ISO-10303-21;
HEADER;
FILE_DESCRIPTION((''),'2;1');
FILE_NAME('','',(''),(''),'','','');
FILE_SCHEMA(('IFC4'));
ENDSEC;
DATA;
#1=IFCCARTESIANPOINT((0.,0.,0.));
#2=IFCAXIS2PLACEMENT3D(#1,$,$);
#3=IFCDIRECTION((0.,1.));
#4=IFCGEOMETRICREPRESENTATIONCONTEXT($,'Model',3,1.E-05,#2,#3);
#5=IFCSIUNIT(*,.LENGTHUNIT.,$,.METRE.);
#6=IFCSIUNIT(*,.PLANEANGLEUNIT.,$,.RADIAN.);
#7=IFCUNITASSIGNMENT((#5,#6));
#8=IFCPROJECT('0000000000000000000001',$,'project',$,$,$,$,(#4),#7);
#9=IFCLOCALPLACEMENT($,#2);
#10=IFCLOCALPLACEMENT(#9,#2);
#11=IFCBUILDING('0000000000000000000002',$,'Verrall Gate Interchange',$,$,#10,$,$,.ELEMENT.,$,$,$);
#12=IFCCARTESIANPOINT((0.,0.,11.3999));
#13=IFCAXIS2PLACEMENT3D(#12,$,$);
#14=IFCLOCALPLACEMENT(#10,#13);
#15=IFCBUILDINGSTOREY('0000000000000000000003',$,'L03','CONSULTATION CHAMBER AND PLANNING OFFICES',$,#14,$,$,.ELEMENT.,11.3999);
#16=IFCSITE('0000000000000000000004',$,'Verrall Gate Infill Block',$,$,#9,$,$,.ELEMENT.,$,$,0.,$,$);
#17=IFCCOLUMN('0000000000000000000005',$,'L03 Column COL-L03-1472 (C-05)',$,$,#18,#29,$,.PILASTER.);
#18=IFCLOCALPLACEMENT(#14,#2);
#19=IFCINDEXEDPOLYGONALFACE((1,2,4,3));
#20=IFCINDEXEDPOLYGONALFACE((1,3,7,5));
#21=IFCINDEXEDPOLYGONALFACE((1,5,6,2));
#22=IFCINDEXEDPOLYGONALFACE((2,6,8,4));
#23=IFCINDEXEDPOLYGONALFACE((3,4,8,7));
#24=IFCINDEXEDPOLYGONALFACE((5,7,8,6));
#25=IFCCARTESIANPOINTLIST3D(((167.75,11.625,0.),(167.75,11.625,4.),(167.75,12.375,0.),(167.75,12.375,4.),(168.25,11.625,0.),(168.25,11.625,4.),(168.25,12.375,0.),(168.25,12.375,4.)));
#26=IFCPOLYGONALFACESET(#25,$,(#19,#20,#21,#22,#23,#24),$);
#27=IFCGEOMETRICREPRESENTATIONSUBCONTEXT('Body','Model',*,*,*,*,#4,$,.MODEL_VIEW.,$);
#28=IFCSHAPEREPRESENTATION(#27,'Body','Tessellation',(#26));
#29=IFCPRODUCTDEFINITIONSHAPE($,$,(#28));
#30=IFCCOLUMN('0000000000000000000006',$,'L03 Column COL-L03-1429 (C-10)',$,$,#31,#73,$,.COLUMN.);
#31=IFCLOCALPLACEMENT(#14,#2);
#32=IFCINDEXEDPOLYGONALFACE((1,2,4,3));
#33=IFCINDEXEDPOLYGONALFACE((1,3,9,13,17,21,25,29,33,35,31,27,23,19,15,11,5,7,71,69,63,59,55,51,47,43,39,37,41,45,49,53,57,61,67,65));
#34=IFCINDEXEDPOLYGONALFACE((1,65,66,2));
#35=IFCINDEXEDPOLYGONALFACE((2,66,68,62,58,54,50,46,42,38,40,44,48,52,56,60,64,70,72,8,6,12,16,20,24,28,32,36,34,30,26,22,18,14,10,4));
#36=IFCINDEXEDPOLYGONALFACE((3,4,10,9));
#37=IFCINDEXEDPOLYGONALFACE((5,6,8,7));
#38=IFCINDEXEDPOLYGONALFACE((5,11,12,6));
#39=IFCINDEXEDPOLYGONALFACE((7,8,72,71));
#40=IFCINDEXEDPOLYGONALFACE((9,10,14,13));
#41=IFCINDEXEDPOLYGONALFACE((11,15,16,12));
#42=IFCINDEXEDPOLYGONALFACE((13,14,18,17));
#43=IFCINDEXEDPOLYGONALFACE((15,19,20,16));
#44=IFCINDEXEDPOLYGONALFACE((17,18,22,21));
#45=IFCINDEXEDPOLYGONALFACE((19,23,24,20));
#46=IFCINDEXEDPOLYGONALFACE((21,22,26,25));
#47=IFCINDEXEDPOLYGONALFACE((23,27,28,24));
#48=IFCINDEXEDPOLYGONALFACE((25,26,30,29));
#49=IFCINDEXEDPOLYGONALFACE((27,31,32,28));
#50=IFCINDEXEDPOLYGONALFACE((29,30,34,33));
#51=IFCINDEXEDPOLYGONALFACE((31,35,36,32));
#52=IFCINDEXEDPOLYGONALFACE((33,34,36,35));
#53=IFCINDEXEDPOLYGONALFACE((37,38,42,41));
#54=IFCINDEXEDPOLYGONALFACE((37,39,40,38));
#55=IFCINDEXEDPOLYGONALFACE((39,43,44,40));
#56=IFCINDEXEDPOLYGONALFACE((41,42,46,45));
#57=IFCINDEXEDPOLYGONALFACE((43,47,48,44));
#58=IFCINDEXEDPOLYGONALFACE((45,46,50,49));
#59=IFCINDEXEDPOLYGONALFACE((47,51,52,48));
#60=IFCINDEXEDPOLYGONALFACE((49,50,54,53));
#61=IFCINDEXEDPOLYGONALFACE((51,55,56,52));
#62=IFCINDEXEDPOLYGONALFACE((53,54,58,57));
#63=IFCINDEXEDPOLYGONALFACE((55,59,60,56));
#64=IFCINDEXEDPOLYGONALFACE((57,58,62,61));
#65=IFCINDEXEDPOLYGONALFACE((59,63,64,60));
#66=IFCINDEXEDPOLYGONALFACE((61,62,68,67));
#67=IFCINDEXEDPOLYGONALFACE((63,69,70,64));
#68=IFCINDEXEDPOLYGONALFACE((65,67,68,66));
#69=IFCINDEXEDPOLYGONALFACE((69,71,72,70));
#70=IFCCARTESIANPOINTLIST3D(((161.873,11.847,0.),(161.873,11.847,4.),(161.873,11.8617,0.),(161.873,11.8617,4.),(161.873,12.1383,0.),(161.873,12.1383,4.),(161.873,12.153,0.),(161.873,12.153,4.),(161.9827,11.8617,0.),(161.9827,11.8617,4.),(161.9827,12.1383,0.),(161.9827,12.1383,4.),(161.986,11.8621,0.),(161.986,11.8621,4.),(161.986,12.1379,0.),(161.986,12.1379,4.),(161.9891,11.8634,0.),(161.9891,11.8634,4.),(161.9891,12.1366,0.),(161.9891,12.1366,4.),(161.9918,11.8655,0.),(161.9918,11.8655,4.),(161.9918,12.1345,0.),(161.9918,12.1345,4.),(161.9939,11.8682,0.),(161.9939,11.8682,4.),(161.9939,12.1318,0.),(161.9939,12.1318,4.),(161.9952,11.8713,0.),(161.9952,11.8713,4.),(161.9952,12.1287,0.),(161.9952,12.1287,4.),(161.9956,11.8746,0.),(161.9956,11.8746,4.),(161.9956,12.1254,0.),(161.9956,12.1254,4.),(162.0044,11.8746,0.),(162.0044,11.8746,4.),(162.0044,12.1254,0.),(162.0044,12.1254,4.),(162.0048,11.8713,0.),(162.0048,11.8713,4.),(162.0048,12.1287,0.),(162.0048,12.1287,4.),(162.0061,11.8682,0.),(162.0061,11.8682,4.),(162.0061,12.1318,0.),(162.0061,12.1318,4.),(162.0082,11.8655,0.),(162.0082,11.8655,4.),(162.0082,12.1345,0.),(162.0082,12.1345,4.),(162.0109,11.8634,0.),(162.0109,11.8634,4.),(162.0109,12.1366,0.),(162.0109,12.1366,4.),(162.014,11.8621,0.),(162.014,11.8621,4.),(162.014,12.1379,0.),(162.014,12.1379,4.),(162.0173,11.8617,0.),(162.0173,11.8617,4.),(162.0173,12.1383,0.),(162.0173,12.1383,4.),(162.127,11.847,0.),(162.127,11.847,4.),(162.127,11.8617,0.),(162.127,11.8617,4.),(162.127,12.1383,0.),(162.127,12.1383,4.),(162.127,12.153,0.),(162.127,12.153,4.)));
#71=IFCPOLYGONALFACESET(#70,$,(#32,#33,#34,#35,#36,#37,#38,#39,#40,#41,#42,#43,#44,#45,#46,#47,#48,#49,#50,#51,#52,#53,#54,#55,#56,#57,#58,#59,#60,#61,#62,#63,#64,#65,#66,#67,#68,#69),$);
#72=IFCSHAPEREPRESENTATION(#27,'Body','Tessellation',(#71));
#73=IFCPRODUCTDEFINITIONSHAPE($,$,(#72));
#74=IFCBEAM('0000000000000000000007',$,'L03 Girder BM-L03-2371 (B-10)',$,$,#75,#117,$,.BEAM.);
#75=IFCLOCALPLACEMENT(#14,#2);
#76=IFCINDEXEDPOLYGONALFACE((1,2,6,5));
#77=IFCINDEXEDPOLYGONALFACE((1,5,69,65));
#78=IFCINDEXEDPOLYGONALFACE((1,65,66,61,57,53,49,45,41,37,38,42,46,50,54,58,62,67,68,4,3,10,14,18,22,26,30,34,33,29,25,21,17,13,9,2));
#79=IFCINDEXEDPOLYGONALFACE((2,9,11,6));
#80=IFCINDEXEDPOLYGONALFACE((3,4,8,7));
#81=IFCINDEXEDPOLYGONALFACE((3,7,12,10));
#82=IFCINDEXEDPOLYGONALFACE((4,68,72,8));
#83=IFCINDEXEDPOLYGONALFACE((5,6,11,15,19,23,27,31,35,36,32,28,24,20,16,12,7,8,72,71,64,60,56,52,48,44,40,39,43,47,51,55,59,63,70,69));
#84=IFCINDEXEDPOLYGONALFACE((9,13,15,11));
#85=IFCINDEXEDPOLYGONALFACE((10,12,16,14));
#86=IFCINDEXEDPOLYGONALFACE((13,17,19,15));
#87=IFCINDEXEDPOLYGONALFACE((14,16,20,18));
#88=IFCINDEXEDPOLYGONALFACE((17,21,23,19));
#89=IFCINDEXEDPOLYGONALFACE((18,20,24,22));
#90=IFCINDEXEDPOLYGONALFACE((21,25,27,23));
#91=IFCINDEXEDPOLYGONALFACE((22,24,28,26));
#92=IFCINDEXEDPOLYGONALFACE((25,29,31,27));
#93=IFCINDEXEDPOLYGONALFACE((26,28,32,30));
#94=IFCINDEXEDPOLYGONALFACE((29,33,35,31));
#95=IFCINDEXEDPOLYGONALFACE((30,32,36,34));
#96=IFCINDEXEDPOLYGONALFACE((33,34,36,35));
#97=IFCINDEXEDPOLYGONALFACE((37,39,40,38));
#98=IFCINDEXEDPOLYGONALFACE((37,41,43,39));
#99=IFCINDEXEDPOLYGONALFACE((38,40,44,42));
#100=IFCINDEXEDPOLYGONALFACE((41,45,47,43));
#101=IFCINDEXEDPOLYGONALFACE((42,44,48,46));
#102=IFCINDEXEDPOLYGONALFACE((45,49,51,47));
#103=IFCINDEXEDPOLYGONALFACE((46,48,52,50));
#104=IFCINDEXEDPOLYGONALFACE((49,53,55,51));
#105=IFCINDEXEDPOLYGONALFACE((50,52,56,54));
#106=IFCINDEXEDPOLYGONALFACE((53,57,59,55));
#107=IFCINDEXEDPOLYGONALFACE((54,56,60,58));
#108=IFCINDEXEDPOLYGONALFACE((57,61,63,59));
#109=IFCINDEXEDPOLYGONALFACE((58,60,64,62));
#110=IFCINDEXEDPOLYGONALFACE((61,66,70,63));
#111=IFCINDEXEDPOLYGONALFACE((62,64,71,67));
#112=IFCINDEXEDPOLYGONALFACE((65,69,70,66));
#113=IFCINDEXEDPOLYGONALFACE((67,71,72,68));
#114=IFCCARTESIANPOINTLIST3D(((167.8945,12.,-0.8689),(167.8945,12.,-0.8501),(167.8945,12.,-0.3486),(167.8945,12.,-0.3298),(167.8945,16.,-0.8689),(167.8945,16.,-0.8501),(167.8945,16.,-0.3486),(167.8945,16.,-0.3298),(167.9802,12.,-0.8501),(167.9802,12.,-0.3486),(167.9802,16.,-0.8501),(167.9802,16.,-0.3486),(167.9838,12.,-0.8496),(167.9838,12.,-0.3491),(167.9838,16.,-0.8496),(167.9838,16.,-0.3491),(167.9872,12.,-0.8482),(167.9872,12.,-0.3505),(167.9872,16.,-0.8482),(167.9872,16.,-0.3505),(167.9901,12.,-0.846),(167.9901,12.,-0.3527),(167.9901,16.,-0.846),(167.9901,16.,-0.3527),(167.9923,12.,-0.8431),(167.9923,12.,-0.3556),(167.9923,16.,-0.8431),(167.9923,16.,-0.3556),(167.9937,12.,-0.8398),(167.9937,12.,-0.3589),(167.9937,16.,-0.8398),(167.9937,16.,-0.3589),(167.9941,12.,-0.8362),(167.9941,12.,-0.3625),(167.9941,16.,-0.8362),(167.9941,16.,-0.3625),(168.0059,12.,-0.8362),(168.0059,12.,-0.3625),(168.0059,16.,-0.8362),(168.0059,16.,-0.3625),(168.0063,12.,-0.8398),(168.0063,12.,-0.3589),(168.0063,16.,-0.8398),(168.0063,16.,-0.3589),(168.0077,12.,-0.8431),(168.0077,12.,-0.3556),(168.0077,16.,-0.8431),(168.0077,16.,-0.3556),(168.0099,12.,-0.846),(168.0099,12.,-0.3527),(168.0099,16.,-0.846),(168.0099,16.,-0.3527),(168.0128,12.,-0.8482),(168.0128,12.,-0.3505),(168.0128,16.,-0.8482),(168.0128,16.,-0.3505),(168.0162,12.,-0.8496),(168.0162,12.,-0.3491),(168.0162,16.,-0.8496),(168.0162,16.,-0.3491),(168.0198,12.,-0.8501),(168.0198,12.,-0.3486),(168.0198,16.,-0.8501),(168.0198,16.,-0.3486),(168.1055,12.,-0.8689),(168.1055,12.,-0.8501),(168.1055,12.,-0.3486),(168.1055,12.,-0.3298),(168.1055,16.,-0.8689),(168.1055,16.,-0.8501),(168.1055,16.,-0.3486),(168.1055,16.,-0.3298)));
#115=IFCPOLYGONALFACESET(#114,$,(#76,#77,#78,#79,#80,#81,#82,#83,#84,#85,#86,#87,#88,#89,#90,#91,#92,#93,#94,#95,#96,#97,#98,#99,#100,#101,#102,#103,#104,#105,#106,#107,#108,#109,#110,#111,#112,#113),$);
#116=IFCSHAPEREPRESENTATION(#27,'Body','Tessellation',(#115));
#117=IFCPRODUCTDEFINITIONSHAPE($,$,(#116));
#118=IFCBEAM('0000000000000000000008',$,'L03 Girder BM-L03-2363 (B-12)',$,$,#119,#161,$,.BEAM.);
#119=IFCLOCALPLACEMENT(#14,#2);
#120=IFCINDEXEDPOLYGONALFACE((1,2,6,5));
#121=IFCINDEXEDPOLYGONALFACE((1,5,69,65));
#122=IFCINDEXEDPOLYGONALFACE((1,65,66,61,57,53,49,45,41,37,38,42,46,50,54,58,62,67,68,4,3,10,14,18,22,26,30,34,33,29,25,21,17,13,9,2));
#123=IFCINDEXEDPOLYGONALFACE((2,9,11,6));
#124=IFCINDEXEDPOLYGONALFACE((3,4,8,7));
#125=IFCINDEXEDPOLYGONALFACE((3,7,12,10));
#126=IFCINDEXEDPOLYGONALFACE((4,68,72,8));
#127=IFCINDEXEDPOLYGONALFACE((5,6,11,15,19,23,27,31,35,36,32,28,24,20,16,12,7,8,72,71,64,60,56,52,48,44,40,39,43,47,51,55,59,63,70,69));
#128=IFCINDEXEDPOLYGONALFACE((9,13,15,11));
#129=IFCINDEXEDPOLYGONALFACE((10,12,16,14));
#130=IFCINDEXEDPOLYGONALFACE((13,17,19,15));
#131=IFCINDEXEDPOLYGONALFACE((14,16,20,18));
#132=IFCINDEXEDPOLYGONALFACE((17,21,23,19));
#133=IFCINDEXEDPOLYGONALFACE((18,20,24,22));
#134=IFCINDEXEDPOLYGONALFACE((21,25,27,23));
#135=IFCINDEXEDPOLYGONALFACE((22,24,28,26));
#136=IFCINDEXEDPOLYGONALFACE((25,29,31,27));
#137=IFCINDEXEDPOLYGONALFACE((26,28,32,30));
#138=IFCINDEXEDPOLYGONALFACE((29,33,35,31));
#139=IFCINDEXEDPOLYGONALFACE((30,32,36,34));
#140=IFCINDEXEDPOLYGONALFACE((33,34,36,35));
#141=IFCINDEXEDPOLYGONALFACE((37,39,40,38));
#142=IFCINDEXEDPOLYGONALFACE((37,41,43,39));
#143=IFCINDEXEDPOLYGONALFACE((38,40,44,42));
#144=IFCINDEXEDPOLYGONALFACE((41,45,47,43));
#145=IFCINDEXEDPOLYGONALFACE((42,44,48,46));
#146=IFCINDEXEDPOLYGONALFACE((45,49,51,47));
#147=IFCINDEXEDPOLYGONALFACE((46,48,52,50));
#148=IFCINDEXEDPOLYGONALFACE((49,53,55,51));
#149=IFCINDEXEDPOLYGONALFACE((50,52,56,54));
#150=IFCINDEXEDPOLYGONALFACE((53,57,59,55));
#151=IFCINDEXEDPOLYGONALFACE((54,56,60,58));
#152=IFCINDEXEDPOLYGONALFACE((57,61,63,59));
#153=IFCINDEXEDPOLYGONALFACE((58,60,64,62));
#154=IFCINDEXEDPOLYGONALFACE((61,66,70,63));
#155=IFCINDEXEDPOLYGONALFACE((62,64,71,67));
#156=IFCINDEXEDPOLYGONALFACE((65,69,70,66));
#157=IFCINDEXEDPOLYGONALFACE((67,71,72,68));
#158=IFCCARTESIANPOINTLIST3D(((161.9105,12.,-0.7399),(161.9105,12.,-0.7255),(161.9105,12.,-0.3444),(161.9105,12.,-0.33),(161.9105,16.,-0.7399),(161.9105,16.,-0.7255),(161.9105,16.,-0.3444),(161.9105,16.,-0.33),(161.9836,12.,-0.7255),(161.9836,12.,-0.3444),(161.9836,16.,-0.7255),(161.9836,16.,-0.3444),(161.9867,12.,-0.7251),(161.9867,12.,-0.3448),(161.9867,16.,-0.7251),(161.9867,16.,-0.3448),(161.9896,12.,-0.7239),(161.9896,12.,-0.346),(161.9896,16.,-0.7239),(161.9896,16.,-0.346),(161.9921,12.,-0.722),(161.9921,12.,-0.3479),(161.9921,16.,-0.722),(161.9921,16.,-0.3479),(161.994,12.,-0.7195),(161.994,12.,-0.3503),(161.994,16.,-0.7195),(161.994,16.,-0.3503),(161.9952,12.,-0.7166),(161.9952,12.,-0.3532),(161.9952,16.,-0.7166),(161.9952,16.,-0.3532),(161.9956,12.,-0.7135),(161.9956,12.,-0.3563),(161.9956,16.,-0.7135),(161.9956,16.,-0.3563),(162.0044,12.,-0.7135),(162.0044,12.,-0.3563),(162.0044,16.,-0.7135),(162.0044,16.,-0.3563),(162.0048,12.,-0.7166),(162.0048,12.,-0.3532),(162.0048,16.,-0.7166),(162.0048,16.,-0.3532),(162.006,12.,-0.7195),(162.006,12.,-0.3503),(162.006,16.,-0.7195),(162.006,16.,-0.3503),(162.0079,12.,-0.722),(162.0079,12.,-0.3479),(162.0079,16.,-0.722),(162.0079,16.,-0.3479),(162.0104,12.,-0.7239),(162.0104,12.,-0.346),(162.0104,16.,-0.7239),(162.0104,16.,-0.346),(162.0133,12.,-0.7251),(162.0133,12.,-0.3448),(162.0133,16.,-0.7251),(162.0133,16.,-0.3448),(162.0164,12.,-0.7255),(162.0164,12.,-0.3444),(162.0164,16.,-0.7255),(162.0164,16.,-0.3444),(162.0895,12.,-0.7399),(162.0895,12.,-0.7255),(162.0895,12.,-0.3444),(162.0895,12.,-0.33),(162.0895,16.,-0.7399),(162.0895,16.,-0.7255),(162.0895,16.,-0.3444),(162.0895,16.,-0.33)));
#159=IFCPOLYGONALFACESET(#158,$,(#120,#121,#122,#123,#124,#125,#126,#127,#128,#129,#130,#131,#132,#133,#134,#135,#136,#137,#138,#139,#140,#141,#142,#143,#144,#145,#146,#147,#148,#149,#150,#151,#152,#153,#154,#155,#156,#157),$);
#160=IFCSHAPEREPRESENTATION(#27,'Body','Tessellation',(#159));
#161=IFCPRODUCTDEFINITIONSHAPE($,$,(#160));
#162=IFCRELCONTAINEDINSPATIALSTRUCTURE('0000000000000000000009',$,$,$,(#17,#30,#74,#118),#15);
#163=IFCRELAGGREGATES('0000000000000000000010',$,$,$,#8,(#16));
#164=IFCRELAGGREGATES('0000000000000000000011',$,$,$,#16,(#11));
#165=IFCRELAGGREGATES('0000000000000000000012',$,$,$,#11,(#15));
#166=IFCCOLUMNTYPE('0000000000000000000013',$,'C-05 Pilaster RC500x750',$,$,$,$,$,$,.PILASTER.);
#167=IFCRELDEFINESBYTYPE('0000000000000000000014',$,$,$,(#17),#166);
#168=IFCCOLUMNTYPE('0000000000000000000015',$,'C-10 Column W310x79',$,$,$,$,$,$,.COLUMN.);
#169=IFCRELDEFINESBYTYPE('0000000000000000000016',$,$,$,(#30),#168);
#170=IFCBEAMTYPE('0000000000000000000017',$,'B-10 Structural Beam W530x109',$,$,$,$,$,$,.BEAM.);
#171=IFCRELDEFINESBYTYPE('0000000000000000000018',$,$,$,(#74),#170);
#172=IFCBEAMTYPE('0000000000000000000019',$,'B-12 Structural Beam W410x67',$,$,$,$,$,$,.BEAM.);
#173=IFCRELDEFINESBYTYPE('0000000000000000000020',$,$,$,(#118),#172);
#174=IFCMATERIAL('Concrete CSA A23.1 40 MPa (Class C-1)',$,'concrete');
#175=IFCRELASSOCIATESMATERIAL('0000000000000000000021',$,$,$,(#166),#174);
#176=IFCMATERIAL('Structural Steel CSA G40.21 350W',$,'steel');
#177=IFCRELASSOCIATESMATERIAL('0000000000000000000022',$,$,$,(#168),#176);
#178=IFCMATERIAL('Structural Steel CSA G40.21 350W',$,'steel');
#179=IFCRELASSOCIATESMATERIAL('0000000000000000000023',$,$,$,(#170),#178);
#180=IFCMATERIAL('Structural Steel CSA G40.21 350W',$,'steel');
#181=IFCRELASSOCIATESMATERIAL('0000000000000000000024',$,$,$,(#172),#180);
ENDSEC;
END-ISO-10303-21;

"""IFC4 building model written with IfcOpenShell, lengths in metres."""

from ifc_helpers import new_model, si_unit, direction, frame, origin, origin_2d, place, context, subcontext, project, spatial, rectangle, i_section, extrude, material, material_profile, profile_set, type_object, element, save


model = new_model("IFC4")

# Units and contexts
model_context = context("Model", 3, precision=1e-05, world=origin(), true_north=direction((0.0, 1.0)))
body_context = subcontext(model_context, "Body", "Model", "MODEL_VIEW")
ifc_project = project(units=[si_unit("LENGTHUNIT", "METRE"), si_unit("PLANEANGLEUNIT", "RADIAN")], contexts=[model_context])

# Site, building, storey
site_placement = place(None, origin())
site = spatial("IfcSite", under=ifc_project, at=site_placement, Name="Verrall Gate Infill Block", CompositionType="ELEMENT", RefElevation=0.0)
building_placement = place(site_placement, origin())
building = spatial("IfcBuilding", under=site, at=building_placement, Name="Verrall Gate Interchange", CompositionType="ELEMENT")
storey_placement = place(building_placement, frame((0.0, 0.0, 11.3999)))
storey = spatial("IfcBuildingStorey", under=building, at=storey_placement, Name="L03", Description="CONSULTATION CHAMBER AND PLANNING OFFICES", CompositionType="ELEMENT", Elevation=11.3999)

# Columns
ifc_material_1 = material(Name="Concrete CSA A23.1 40 MPa (Class C-1)", Category="concrete")
ifc_material_profile_1 = material_profile(ifc_material_1, rectangle(XDim=0.5, YDim=0.75, at=origin_2d()), Name="RC500x750")
ifc_profile_set_1 = profile_set([ifc_material_profile_1], Name="Concrete CSA A23.1 40 MPa (Class C-1)")
column_type_1 = type_object("IfcColumnType", Name="C-05 Pilaster RC500x750", PredefinedType="PILASTER", material=ifc_profile_set_1)
column_1_placement = place(storey_placement, frame((168.0, 12.0, 0.0), z_axis=(0.0, 0.0, 1.0), x_axis=(1.0, 0.0, 0.0)))
element("IfcColumn", 1, at=column_1_placement, inside=storey, type_object=column_type_1, Name="L03 Column COL-L03-1472 (C-05)", PredefinedType="PILASTER", context=body_context, shape_type="SweptSolid", body=[
    extrude(rectangle(XDim=0.5, YDim=0.75, at=origin_2d()), origin(), (0.0, 0.0, 1.0), 4.0),
])
ifc_material_2 = material(Name="Structural Steel CSA G40.21 350W", Category="steel")
ifc_material_profile_2 = material_profile(ifc_material_2, i_section(OverallWidth=0.2539, OverallDepth=0.3059, WebThickness=0.0088, FlangeThickness=0.0146, FilletRadius=0.0129, at=origin_2d()), Name="W310x79")
ifc_profile_set_2 = profile_set([ifc_material_profile_2], Name="Structural Steel CSA G40.21 350W")
column_type_2 = type_object("IfcColumnType", Name="C-10 Column W310x79", PredefinedType="COLUMN", material=ifc_profile_set_2)
column_2_placement = place(storey_placement, frame((162.0, 12.0, 0.0), z_axis=(0.0, 0.0, 1.0), x_axis=(1.0, 0.0, 0.0)))
element("IfcColumn", 2, at=column_2_placement, inside=storey, type_object=column_type_2, Name="L03 Column COL-L03-1429 (C-10)", PredefinedType="COLUMN", context=body_context, shape_type="SweptSolid", body=[
    extrude(i_section(OverallWidth=0.2539, OverallDepth=0.3059, WebThickness=0.0088, FlangeThickness=0.0146, FilletRadius=0.0129, at=origin_2d()), origin(), (0.0, 0.0, 1.0), 4.0),
])

# Beams
ifc_material_3 = material(Name="Structural Steel CSA G40.21 350W", Category="steel")
ifc_material_profile_3 = material_profile(ifc_material_3, i_section(OverallWidth=0.2109, OverallDepth=0.5391, WebThickness=0.0117, FlangeThickness=0.0188, FilletRadius=0.0139, at=origin_2d()), Name="W530x109")
ifc_profile_set_3 = profile_set([ifc_material_profile_3], Name="Structural Steel CSA G40.21 350W")
beam_type_1 = type_object("IfcBeamType", Name="B-10 Structural Beam W530x109", PredefinedType="BEAM", material=ifc_profile_set_3)
beam_1_placement = place(storey_placement, frame((168.0, 12.0, -0.5994), z_axis=(0.0, 1.0, 0.0), x_axis=(-1.0, 0.0, 0.0)))
element("IfcBeam", 3, at=beam_1_placement, inside=storey, type_object=beam_type_1, Name="L03 Girder BM-L03-2371 (B-10)", PredefinedType="BEAM", context=body_context, shape_type="SweptSolid", body=[
    extrude(i_section(OverallWidth=0.2109, OverallDepth=0.5391, WebThickness=0.0117, FlangeThickness=0.0188, FilletRadius=0.0139, at=origin_2d()), origin(), (0.0, 0.0, 1.0), 4.0),
])
ifc_material_4 = material(Name="Structural Steel CSA G40.21 350W", Category="steel")
ifc_material_profile_4 = material_profile(ifc_material_4, i_section(OverallWidth=0.179, OverallDepth=0.4099, WebThickness=0.0088, FlangeThickness=0.0144, FilletRadius=0.012, at=origin_2d()), Name="W410x67")
ifc_profile_set_4 = profile_set([ifc_material_profile_4], Name="Structural Steel CSA G40.21 350W")
beam_type_2 = type_object("IfcBeamType", Name="B-12 Structural Beam W410x67", PredefinedType="BEAM", material=ifc_profile_set_4)
beam_2_placement = place(storey_placement, frame((162.0, 12.0, -0.5349), z_axis=(0.0, 1.0, 0.0), x_axis=(-1.0, 0.0, 0.0)))
element("IfcBeam", 4, at=beam_2_placement, inside=storey, type_object=beam_type_2, Name="L03 Girder BM-L03-2363 (B-12)", PredefinedType="BEAM", context=body_context, shape_type="SweptSolid", body=[
    extrude(i_section(OverallWidth=0.179, OverallDepth=0.4099, WebThickness=0.0088, FlangeThickness=0.0144, FilletRadius=0.012, at=origin_2d()), origin(), (0.0, 0.0, 1.0), 4.0),
])

save(model, "model.ifc")
